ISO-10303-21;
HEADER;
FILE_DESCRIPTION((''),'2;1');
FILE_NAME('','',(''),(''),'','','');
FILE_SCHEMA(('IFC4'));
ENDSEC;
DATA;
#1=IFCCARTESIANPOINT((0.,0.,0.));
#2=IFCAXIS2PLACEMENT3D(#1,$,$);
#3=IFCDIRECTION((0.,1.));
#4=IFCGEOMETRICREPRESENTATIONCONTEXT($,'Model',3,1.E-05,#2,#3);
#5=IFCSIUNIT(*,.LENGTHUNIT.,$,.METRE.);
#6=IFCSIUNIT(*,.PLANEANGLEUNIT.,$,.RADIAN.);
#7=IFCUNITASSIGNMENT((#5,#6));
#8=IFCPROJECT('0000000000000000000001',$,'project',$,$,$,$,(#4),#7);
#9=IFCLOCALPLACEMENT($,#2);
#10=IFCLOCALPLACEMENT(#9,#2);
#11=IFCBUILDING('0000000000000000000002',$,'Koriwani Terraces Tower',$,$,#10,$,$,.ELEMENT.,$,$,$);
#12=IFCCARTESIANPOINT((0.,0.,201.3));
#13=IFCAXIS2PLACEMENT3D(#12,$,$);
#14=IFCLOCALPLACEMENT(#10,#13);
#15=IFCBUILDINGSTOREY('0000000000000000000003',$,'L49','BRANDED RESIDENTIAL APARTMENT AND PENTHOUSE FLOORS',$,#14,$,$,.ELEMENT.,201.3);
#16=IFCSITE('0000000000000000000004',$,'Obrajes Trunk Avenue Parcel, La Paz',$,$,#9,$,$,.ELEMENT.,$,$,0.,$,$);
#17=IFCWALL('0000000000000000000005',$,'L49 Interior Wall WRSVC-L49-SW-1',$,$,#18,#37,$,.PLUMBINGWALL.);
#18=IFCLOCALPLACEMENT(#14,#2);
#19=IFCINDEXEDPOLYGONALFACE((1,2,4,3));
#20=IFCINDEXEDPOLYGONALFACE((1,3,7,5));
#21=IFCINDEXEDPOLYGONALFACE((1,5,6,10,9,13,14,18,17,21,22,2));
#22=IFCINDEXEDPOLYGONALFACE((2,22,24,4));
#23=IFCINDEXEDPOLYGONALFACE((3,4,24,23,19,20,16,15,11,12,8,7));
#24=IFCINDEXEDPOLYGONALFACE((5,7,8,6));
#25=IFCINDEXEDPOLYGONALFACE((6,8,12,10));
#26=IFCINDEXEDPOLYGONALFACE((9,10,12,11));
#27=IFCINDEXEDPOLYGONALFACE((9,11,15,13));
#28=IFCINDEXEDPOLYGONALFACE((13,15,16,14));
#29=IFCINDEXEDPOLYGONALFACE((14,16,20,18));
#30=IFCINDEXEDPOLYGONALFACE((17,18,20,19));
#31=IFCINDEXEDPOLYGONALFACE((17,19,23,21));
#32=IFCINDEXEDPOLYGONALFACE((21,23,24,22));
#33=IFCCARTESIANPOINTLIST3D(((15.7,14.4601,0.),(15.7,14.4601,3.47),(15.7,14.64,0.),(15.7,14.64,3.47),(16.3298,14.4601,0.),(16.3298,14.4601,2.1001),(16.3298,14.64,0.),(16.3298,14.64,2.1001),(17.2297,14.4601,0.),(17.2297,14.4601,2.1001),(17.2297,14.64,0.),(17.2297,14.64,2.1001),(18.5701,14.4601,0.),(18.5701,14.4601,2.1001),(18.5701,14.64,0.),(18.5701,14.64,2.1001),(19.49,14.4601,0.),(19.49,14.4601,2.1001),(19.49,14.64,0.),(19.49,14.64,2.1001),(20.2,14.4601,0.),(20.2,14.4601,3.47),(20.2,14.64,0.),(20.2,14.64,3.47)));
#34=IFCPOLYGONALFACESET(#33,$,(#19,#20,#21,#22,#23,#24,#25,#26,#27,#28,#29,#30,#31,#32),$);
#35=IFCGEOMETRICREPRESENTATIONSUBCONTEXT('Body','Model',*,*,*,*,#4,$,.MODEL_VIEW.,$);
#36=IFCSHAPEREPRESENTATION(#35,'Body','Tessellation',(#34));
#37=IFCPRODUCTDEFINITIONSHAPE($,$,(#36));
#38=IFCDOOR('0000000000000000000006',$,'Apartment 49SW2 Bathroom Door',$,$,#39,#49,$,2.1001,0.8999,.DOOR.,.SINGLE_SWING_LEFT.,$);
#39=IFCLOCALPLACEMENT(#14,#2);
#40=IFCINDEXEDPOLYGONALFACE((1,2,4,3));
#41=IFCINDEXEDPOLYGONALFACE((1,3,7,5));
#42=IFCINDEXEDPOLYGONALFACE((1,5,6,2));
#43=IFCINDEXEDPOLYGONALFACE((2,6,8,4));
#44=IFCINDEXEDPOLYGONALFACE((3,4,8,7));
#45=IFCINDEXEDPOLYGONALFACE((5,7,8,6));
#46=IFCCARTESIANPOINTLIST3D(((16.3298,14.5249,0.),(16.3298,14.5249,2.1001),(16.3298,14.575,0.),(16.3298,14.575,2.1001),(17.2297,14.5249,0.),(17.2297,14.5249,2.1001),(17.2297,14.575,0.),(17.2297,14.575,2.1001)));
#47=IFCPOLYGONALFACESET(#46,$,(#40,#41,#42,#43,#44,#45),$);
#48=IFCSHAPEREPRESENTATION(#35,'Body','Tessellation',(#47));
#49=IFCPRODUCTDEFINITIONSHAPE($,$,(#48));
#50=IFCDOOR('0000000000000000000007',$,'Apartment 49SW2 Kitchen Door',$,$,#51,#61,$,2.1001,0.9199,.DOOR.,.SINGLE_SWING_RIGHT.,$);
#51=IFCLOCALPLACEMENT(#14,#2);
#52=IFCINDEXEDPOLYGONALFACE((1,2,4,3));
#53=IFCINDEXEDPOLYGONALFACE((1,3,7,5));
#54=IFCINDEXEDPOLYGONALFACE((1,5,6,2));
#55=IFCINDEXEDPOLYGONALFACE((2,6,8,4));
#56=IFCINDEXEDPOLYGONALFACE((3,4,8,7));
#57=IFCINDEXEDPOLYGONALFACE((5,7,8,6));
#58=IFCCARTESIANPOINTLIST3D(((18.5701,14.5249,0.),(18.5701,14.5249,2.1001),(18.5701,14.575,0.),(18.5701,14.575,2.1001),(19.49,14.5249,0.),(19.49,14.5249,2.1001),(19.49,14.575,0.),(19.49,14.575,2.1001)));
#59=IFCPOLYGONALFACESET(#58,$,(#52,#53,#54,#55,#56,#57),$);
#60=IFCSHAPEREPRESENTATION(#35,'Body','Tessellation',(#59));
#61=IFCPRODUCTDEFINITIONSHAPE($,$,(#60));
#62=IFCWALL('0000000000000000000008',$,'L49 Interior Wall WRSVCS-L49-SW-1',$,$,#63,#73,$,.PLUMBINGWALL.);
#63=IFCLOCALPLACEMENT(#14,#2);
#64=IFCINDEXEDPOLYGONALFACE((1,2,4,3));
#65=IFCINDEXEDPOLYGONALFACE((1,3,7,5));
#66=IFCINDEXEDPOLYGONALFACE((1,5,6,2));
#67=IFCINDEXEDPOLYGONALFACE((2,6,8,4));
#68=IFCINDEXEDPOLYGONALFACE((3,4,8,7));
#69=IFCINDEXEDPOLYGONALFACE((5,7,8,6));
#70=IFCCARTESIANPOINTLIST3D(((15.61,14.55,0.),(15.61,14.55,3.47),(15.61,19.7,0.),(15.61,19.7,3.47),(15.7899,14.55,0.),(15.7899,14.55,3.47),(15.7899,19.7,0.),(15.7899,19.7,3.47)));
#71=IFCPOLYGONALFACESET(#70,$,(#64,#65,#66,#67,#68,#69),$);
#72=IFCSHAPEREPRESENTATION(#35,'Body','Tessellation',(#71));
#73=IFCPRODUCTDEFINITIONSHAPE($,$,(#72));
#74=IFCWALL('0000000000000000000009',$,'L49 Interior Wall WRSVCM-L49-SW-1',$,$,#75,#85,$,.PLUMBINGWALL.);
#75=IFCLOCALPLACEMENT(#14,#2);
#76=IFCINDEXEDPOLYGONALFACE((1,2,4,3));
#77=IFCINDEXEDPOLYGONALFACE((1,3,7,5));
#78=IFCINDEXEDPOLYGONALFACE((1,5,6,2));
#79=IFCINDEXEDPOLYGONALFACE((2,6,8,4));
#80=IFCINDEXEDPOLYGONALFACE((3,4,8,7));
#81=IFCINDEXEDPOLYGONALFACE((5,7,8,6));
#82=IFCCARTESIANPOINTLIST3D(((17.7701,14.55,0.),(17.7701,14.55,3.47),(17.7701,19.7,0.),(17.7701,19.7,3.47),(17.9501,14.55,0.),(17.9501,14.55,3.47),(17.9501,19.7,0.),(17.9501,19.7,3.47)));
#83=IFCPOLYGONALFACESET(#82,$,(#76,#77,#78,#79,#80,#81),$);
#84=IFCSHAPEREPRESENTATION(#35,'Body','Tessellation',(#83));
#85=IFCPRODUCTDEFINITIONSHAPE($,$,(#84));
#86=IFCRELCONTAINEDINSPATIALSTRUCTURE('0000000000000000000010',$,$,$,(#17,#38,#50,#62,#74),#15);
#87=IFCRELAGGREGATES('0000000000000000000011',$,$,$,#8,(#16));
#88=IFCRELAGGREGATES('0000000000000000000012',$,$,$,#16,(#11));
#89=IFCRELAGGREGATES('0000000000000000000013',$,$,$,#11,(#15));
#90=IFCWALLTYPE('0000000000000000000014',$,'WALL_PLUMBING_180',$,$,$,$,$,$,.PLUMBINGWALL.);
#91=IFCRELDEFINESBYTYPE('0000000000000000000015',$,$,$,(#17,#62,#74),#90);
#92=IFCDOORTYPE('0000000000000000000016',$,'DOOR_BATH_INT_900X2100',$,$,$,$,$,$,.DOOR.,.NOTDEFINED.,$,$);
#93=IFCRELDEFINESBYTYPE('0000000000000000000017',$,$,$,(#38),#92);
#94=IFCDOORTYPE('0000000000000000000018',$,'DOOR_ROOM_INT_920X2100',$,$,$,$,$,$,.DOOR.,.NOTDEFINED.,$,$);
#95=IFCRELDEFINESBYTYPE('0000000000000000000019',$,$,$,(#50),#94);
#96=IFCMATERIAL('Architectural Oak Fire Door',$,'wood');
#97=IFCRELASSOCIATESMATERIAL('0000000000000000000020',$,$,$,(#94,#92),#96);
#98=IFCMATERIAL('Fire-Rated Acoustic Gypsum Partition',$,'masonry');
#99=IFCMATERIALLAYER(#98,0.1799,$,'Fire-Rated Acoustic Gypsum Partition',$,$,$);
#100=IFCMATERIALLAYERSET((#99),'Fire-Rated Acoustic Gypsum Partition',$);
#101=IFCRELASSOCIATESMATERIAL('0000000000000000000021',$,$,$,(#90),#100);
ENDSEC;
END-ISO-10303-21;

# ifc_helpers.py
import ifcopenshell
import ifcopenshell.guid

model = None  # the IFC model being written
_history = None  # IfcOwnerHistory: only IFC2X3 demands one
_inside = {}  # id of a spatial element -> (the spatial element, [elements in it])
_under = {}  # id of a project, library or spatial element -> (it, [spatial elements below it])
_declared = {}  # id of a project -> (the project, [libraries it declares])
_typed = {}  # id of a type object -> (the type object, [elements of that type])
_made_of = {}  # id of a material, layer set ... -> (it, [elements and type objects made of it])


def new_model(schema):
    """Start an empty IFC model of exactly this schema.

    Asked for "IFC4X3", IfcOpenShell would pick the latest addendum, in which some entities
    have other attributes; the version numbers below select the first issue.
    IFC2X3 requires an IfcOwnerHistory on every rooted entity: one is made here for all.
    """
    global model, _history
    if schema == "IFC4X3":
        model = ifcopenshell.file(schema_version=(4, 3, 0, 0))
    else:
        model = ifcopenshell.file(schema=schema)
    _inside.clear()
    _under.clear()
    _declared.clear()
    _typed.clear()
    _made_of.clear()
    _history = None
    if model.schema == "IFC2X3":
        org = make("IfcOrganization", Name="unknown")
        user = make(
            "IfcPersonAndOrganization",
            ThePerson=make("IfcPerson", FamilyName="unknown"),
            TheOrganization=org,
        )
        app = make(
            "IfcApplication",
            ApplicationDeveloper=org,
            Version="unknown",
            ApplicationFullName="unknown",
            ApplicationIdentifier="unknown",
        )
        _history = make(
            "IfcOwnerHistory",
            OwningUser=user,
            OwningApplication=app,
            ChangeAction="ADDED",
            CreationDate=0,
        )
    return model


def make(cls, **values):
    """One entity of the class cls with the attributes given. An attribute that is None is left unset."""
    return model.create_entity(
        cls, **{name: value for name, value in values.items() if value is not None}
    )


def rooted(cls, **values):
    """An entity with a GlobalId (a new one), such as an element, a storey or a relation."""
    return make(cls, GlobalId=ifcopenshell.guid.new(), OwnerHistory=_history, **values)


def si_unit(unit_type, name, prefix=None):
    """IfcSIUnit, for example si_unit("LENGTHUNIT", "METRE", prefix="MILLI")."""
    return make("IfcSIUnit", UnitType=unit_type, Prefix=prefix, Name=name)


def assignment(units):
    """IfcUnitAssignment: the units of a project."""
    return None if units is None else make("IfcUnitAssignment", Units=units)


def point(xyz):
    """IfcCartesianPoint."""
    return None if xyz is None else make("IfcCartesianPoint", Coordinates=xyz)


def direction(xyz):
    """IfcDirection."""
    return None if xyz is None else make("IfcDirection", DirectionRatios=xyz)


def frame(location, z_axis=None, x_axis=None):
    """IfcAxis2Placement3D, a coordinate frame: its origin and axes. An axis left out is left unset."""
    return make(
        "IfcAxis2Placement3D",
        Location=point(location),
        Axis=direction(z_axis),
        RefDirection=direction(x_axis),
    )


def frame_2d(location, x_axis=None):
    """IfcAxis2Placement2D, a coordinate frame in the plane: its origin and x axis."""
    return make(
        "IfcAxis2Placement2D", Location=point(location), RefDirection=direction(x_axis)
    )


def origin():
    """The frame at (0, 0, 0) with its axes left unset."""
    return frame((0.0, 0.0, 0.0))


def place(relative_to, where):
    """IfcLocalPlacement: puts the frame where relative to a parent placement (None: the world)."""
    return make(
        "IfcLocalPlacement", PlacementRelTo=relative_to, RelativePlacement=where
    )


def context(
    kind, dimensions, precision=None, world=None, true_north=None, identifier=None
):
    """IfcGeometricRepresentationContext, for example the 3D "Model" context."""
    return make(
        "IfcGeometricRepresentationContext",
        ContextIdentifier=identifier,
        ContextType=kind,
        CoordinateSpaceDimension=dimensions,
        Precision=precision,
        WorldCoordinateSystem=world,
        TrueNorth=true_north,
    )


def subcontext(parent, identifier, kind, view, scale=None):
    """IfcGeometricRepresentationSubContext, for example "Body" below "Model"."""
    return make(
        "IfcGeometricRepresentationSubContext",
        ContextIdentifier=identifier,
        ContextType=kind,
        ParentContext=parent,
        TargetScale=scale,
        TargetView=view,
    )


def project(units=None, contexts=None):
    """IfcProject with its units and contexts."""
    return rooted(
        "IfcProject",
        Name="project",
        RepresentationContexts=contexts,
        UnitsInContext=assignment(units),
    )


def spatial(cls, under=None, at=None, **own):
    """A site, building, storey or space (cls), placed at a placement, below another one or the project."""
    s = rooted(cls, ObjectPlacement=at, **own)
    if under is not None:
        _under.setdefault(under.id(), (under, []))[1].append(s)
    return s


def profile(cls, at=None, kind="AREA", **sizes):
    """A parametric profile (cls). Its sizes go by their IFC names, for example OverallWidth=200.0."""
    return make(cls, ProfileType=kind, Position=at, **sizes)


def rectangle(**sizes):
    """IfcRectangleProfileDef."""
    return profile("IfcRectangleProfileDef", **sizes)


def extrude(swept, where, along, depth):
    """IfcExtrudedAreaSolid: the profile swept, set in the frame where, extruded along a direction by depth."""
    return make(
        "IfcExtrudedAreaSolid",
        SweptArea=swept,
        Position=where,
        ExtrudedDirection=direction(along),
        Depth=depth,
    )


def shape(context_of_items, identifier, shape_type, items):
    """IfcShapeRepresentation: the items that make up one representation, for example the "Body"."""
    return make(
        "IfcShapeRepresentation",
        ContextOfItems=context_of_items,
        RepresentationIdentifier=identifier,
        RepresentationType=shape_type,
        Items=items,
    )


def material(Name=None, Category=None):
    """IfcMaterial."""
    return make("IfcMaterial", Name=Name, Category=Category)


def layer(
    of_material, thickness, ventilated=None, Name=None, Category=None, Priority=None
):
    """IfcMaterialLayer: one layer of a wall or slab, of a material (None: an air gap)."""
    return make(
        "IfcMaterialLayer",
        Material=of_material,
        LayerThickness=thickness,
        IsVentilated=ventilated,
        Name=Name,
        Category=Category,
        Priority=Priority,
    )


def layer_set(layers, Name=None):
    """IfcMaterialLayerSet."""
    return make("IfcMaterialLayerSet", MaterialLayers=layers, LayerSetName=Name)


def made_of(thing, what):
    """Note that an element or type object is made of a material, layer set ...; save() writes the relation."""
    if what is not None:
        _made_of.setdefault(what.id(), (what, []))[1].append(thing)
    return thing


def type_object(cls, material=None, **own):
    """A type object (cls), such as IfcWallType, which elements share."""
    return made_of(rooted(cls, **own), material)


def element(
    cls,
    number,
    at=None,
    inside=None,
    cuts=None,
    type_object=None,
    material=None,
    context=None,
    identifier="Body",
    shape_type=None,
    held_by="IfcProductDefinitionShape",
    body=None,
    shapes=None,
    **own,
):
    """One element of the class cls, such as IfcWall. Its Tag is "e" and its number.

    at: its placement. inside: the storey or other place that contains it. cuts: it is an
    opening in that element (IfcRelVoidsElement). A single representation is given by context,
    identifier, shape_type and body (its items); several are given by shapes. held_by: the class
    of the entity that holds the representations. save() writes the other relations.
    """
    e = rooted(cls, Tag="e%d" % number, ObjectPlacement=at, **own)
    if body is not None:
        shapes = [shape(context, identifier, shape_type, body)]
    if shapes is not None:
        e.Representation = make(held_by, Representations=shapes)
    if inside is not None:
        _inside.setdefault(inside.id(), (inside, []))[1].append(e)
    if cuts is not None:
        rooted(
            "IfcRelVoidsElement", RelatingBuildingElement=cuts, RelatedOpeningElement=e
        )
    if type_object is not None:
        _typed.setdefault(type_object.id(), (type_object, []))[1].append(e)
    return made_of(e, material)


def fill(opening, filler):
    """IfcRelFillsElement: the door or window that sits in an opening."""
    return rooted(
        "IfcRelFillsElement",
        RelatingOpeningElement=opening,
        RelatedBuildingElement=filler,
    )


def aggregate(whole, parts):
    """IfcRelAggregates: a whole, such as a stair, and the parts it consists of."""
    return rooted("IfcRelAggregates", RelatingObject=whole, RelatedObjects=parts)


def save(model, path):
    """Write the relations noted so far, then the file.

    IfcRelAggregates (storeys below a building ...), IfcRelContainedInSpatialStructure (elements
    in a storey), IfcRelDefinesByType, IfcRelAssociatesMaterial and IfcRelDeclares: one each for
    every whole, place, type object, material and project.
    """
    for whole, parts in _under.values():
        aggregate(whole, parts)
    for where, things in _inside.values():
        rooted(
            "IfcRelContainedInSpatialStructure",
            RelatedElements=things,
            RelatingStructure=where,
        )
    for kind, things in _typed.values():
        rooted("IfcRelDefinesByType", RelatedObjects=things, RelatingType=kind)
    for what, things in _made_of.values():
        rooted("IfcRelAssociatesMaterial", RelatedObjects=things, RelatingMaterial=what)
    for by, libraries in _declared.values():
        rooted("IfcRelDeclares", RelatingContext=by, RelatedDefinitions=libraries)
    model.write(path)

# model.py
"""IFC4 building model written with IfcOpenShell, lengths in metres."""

from ifc_helpers import new_model, si_unit, direction, frame, frame_2d, origin, place, context, subcontext, project, spatial, rectangle, extrude, material, layer, layer_set, type_object, element, fill, save


model = new_model("IFC4")

# Units and contexts
model_context = context("Model", 3, precision=1e-05, world=origin(), true_north=direction((0.0, 1.0)))
body_context = subcontext(model_context, "Body", "Model", "MODEL_VIEW")
ifc_project = project(units=[si_unit("LENGTHUNIT", "METRE"), si_unit("PLANEANGLEUNIT", "RADIAN")], contexts=[model_context])

# Site, building, storey
site_placement = place(None, origin())
site = spatial("IfcSite", under=ifc_project, at=site_placement, Name="Obrajes Trunk Avenue Parcel, La Paz", CompositionType="ELEMENT", RefElevation=0.0)
building_placement = place(site_placement, origin())
building = spatial("IfcBuilding", under=site, at=building_placement, Name="Koriwani Terraces Tower", CompositionType="ELEMENT")
storey_placement = place(building_placement, frame((0.0, 0.0, 201.3)))
storey = spatial("IfcBuildingStorey", under=building, at=storey_placement, Name="L49", Description="BRANDED RESIDENTIAL APARTMENT AND PENTHOUSE FLOORS", CompositionType="ELEMENT", Elevation=201.3)

# Shared definitions
ifc_material_1 = material(Name="Fire-Rated Acoustic Gypsum Partition", Category="masonry")
ifc_material_2 = material(Name="Architectural Oak Fire Door", Category="wood")
door_type_1 = type_object("IfcDoorType", Name="DOOR_ROOM_INT_920X2100", OperationType="NOTDEFINED", PredefinedType="DOOR", material=ifc_material_2)

# Shared definitions
ifc_layer_1 = layer(ifc_material_1, 0.1799, Name="Fire-Rated Acoustic Gypsum Partition")
ifc_layer_set_1 = layer_set([ifc_layer_1], Name="Fire-Rated Acoustic Gypsum Partition")
wall_type_1 = type_object("IfcWallType", Name="WALL_PLUMBING_180", PredefinedType="PLUMBINGWALL", material=ifc_layer_set_1)

# Wall, openings, doors
wall_1_placement = place(storey_placement, frame((15.7, 14.55, 0.0), z_axis=(0.0, 0.0, 1.0), x_axis=(1.0, 0.0, 0.0)))
wall_1 = element("IfcWall", 1, at=wall_1_placement, inside=storey, type_object=wall_type_1, Name="L49 Interior Wall WRSVC-L49-SW-1", PredefinedType="PLUMBINGWALL", context=body_context, shape_type="SweptSolid", body=[
    extrude(rectangle(XDim=4.5, YDim=0.1799, at=frame_2d((2.25, 0.0))), origin(), (0.0, 0.0, 1.0), 3.47),
])
opening_1_placement = place(wall_1_placement, frame((0.6299, 0.0, 0.0)))
opening_1 = element("IfcOpeningElement", 2, at=opening_1_placement, cuts=wall_1, PredefinedType="OPENING", context=body_context, shape_type="SweptSolid", body=[
    extrude(rectangle(XDim=0.8999, YDim=2.1001, at=frame_2d((0.45, 1.05))), frame((0.0, 0.1001, 0.0), z_axis=(0.0, -1.0, 0.0), x_axis=(1.0, 0.0, 0.0)), (0.0, 0.0, 1.0), 0.2),
])
opening_2_placement = place(wall_1_placement, frame((2.8701, 0.0, 0.0)))
opening_2 = element("IfcOpeningElement", 3, at=opening_2_placement, cuts=wall_1, PredefinedType="OPENING", context=body_context, shape_type="SweptSolid", body=[
    extrude(rectangle(XDim=0.9199, YDim=2.1001, at=frame_2d((0.46, 1.05))), frame((0.0, 0.1001, 0.0), z_axis=(0.0, -1.0, 0.0), x_axis=(1.0, 0.0, 0.0)), (0.0, 0.0, 1.0), 0.2),
])
door_type_2 = type_object("IfcDoorType", Name="DOOR_BATH_INT_900X2100", OperationType="NOTDEFINED", PredefinedType="DOOR", material=ifc_material_2)
door_1_placement = place(opening_1_placement, origin())
door_1 = element("IfcDoor", 4, at=door_1_placement, inside=storey, type_object=door_type_2, Name="Apartment 49SW2 Bathroom Door", OperationType="SINGLE_SWING_LEFT", OverallHeight=2.1001, OverallWidth=0.8999, PredefinedType="DOOR", context=body_context, shape_type="SweptSolid", body=[
    extrude(rectangle(XDim=0.8999, YDim=2.1001, at=frame_2d((0.45, 1.05))), frame((0.0, 0.0249, 0.0), z_axis=(0.0, -1.0, 0.0), x_axis=(1.0, 0.0, 0.0)), (0.0, 0.0, 1.0), 0.05),
])
fill(opening_1, door_1)
door_2_placement = place(opening_2_placement, origin())
door_2 = element("IfcDoor", 5, at=door_2_placement, inside=storey, type_object=door_type_1, Name="Apartment 49SW2 Kitchen Door", OperationType="SINGLE_SWING_RIGHT", OverallHeight=2.1001, OverallWidth=0.9199, PredefinedType="DOOR", context=body_context, shape_type="SweptSolid", body=[
    extrude(rectangle(XDim=0.9199, YDim=2.1001, at=frame_2d((0.46, 1.05))), frame((0.0, 0.0249, 0.0), z_axis=(0.0, -1.0, 0.0), x_axis=(1.0, 0.0, 0.0)), (0.0, 0.0, 1.0), 0.05),
])
fill(opening_2, door_2)

# Walls
for number, where, z_axis, x_axis, name in (
    (6, (15.7, 14.55, 0.0), (0.0, 0.0, 1.0), (0.0, 1.0, 0.0), "L49 Interior Wall WRSVCS-L49-SW-1"),
    (7, (17.8601, 14.55, 0.0), (0.0, 0.0, 1.0), (0.0, 1.0, 0.0), "L49 Interior Wall WRSVCM-L49-SW-1"),
):
    element("IfcWall", number, at=place(storey_placement, frame(where, z_axis=z_axis, x_axis=x_axis)), inside=storey, type_object=wall_type_1, Name=name, PredefinedType="PLUMBINGWALL", context=body_context, shape_type="SweptSolid", body=[
        extrude(rectangle(XDim=5.1499, YDim=0.1799, at=frame_2d((2.575, 0.0))), origin(), (0.0, 0.0, 1.0), 3.47),
    ])

save(model, "model.ifc")
